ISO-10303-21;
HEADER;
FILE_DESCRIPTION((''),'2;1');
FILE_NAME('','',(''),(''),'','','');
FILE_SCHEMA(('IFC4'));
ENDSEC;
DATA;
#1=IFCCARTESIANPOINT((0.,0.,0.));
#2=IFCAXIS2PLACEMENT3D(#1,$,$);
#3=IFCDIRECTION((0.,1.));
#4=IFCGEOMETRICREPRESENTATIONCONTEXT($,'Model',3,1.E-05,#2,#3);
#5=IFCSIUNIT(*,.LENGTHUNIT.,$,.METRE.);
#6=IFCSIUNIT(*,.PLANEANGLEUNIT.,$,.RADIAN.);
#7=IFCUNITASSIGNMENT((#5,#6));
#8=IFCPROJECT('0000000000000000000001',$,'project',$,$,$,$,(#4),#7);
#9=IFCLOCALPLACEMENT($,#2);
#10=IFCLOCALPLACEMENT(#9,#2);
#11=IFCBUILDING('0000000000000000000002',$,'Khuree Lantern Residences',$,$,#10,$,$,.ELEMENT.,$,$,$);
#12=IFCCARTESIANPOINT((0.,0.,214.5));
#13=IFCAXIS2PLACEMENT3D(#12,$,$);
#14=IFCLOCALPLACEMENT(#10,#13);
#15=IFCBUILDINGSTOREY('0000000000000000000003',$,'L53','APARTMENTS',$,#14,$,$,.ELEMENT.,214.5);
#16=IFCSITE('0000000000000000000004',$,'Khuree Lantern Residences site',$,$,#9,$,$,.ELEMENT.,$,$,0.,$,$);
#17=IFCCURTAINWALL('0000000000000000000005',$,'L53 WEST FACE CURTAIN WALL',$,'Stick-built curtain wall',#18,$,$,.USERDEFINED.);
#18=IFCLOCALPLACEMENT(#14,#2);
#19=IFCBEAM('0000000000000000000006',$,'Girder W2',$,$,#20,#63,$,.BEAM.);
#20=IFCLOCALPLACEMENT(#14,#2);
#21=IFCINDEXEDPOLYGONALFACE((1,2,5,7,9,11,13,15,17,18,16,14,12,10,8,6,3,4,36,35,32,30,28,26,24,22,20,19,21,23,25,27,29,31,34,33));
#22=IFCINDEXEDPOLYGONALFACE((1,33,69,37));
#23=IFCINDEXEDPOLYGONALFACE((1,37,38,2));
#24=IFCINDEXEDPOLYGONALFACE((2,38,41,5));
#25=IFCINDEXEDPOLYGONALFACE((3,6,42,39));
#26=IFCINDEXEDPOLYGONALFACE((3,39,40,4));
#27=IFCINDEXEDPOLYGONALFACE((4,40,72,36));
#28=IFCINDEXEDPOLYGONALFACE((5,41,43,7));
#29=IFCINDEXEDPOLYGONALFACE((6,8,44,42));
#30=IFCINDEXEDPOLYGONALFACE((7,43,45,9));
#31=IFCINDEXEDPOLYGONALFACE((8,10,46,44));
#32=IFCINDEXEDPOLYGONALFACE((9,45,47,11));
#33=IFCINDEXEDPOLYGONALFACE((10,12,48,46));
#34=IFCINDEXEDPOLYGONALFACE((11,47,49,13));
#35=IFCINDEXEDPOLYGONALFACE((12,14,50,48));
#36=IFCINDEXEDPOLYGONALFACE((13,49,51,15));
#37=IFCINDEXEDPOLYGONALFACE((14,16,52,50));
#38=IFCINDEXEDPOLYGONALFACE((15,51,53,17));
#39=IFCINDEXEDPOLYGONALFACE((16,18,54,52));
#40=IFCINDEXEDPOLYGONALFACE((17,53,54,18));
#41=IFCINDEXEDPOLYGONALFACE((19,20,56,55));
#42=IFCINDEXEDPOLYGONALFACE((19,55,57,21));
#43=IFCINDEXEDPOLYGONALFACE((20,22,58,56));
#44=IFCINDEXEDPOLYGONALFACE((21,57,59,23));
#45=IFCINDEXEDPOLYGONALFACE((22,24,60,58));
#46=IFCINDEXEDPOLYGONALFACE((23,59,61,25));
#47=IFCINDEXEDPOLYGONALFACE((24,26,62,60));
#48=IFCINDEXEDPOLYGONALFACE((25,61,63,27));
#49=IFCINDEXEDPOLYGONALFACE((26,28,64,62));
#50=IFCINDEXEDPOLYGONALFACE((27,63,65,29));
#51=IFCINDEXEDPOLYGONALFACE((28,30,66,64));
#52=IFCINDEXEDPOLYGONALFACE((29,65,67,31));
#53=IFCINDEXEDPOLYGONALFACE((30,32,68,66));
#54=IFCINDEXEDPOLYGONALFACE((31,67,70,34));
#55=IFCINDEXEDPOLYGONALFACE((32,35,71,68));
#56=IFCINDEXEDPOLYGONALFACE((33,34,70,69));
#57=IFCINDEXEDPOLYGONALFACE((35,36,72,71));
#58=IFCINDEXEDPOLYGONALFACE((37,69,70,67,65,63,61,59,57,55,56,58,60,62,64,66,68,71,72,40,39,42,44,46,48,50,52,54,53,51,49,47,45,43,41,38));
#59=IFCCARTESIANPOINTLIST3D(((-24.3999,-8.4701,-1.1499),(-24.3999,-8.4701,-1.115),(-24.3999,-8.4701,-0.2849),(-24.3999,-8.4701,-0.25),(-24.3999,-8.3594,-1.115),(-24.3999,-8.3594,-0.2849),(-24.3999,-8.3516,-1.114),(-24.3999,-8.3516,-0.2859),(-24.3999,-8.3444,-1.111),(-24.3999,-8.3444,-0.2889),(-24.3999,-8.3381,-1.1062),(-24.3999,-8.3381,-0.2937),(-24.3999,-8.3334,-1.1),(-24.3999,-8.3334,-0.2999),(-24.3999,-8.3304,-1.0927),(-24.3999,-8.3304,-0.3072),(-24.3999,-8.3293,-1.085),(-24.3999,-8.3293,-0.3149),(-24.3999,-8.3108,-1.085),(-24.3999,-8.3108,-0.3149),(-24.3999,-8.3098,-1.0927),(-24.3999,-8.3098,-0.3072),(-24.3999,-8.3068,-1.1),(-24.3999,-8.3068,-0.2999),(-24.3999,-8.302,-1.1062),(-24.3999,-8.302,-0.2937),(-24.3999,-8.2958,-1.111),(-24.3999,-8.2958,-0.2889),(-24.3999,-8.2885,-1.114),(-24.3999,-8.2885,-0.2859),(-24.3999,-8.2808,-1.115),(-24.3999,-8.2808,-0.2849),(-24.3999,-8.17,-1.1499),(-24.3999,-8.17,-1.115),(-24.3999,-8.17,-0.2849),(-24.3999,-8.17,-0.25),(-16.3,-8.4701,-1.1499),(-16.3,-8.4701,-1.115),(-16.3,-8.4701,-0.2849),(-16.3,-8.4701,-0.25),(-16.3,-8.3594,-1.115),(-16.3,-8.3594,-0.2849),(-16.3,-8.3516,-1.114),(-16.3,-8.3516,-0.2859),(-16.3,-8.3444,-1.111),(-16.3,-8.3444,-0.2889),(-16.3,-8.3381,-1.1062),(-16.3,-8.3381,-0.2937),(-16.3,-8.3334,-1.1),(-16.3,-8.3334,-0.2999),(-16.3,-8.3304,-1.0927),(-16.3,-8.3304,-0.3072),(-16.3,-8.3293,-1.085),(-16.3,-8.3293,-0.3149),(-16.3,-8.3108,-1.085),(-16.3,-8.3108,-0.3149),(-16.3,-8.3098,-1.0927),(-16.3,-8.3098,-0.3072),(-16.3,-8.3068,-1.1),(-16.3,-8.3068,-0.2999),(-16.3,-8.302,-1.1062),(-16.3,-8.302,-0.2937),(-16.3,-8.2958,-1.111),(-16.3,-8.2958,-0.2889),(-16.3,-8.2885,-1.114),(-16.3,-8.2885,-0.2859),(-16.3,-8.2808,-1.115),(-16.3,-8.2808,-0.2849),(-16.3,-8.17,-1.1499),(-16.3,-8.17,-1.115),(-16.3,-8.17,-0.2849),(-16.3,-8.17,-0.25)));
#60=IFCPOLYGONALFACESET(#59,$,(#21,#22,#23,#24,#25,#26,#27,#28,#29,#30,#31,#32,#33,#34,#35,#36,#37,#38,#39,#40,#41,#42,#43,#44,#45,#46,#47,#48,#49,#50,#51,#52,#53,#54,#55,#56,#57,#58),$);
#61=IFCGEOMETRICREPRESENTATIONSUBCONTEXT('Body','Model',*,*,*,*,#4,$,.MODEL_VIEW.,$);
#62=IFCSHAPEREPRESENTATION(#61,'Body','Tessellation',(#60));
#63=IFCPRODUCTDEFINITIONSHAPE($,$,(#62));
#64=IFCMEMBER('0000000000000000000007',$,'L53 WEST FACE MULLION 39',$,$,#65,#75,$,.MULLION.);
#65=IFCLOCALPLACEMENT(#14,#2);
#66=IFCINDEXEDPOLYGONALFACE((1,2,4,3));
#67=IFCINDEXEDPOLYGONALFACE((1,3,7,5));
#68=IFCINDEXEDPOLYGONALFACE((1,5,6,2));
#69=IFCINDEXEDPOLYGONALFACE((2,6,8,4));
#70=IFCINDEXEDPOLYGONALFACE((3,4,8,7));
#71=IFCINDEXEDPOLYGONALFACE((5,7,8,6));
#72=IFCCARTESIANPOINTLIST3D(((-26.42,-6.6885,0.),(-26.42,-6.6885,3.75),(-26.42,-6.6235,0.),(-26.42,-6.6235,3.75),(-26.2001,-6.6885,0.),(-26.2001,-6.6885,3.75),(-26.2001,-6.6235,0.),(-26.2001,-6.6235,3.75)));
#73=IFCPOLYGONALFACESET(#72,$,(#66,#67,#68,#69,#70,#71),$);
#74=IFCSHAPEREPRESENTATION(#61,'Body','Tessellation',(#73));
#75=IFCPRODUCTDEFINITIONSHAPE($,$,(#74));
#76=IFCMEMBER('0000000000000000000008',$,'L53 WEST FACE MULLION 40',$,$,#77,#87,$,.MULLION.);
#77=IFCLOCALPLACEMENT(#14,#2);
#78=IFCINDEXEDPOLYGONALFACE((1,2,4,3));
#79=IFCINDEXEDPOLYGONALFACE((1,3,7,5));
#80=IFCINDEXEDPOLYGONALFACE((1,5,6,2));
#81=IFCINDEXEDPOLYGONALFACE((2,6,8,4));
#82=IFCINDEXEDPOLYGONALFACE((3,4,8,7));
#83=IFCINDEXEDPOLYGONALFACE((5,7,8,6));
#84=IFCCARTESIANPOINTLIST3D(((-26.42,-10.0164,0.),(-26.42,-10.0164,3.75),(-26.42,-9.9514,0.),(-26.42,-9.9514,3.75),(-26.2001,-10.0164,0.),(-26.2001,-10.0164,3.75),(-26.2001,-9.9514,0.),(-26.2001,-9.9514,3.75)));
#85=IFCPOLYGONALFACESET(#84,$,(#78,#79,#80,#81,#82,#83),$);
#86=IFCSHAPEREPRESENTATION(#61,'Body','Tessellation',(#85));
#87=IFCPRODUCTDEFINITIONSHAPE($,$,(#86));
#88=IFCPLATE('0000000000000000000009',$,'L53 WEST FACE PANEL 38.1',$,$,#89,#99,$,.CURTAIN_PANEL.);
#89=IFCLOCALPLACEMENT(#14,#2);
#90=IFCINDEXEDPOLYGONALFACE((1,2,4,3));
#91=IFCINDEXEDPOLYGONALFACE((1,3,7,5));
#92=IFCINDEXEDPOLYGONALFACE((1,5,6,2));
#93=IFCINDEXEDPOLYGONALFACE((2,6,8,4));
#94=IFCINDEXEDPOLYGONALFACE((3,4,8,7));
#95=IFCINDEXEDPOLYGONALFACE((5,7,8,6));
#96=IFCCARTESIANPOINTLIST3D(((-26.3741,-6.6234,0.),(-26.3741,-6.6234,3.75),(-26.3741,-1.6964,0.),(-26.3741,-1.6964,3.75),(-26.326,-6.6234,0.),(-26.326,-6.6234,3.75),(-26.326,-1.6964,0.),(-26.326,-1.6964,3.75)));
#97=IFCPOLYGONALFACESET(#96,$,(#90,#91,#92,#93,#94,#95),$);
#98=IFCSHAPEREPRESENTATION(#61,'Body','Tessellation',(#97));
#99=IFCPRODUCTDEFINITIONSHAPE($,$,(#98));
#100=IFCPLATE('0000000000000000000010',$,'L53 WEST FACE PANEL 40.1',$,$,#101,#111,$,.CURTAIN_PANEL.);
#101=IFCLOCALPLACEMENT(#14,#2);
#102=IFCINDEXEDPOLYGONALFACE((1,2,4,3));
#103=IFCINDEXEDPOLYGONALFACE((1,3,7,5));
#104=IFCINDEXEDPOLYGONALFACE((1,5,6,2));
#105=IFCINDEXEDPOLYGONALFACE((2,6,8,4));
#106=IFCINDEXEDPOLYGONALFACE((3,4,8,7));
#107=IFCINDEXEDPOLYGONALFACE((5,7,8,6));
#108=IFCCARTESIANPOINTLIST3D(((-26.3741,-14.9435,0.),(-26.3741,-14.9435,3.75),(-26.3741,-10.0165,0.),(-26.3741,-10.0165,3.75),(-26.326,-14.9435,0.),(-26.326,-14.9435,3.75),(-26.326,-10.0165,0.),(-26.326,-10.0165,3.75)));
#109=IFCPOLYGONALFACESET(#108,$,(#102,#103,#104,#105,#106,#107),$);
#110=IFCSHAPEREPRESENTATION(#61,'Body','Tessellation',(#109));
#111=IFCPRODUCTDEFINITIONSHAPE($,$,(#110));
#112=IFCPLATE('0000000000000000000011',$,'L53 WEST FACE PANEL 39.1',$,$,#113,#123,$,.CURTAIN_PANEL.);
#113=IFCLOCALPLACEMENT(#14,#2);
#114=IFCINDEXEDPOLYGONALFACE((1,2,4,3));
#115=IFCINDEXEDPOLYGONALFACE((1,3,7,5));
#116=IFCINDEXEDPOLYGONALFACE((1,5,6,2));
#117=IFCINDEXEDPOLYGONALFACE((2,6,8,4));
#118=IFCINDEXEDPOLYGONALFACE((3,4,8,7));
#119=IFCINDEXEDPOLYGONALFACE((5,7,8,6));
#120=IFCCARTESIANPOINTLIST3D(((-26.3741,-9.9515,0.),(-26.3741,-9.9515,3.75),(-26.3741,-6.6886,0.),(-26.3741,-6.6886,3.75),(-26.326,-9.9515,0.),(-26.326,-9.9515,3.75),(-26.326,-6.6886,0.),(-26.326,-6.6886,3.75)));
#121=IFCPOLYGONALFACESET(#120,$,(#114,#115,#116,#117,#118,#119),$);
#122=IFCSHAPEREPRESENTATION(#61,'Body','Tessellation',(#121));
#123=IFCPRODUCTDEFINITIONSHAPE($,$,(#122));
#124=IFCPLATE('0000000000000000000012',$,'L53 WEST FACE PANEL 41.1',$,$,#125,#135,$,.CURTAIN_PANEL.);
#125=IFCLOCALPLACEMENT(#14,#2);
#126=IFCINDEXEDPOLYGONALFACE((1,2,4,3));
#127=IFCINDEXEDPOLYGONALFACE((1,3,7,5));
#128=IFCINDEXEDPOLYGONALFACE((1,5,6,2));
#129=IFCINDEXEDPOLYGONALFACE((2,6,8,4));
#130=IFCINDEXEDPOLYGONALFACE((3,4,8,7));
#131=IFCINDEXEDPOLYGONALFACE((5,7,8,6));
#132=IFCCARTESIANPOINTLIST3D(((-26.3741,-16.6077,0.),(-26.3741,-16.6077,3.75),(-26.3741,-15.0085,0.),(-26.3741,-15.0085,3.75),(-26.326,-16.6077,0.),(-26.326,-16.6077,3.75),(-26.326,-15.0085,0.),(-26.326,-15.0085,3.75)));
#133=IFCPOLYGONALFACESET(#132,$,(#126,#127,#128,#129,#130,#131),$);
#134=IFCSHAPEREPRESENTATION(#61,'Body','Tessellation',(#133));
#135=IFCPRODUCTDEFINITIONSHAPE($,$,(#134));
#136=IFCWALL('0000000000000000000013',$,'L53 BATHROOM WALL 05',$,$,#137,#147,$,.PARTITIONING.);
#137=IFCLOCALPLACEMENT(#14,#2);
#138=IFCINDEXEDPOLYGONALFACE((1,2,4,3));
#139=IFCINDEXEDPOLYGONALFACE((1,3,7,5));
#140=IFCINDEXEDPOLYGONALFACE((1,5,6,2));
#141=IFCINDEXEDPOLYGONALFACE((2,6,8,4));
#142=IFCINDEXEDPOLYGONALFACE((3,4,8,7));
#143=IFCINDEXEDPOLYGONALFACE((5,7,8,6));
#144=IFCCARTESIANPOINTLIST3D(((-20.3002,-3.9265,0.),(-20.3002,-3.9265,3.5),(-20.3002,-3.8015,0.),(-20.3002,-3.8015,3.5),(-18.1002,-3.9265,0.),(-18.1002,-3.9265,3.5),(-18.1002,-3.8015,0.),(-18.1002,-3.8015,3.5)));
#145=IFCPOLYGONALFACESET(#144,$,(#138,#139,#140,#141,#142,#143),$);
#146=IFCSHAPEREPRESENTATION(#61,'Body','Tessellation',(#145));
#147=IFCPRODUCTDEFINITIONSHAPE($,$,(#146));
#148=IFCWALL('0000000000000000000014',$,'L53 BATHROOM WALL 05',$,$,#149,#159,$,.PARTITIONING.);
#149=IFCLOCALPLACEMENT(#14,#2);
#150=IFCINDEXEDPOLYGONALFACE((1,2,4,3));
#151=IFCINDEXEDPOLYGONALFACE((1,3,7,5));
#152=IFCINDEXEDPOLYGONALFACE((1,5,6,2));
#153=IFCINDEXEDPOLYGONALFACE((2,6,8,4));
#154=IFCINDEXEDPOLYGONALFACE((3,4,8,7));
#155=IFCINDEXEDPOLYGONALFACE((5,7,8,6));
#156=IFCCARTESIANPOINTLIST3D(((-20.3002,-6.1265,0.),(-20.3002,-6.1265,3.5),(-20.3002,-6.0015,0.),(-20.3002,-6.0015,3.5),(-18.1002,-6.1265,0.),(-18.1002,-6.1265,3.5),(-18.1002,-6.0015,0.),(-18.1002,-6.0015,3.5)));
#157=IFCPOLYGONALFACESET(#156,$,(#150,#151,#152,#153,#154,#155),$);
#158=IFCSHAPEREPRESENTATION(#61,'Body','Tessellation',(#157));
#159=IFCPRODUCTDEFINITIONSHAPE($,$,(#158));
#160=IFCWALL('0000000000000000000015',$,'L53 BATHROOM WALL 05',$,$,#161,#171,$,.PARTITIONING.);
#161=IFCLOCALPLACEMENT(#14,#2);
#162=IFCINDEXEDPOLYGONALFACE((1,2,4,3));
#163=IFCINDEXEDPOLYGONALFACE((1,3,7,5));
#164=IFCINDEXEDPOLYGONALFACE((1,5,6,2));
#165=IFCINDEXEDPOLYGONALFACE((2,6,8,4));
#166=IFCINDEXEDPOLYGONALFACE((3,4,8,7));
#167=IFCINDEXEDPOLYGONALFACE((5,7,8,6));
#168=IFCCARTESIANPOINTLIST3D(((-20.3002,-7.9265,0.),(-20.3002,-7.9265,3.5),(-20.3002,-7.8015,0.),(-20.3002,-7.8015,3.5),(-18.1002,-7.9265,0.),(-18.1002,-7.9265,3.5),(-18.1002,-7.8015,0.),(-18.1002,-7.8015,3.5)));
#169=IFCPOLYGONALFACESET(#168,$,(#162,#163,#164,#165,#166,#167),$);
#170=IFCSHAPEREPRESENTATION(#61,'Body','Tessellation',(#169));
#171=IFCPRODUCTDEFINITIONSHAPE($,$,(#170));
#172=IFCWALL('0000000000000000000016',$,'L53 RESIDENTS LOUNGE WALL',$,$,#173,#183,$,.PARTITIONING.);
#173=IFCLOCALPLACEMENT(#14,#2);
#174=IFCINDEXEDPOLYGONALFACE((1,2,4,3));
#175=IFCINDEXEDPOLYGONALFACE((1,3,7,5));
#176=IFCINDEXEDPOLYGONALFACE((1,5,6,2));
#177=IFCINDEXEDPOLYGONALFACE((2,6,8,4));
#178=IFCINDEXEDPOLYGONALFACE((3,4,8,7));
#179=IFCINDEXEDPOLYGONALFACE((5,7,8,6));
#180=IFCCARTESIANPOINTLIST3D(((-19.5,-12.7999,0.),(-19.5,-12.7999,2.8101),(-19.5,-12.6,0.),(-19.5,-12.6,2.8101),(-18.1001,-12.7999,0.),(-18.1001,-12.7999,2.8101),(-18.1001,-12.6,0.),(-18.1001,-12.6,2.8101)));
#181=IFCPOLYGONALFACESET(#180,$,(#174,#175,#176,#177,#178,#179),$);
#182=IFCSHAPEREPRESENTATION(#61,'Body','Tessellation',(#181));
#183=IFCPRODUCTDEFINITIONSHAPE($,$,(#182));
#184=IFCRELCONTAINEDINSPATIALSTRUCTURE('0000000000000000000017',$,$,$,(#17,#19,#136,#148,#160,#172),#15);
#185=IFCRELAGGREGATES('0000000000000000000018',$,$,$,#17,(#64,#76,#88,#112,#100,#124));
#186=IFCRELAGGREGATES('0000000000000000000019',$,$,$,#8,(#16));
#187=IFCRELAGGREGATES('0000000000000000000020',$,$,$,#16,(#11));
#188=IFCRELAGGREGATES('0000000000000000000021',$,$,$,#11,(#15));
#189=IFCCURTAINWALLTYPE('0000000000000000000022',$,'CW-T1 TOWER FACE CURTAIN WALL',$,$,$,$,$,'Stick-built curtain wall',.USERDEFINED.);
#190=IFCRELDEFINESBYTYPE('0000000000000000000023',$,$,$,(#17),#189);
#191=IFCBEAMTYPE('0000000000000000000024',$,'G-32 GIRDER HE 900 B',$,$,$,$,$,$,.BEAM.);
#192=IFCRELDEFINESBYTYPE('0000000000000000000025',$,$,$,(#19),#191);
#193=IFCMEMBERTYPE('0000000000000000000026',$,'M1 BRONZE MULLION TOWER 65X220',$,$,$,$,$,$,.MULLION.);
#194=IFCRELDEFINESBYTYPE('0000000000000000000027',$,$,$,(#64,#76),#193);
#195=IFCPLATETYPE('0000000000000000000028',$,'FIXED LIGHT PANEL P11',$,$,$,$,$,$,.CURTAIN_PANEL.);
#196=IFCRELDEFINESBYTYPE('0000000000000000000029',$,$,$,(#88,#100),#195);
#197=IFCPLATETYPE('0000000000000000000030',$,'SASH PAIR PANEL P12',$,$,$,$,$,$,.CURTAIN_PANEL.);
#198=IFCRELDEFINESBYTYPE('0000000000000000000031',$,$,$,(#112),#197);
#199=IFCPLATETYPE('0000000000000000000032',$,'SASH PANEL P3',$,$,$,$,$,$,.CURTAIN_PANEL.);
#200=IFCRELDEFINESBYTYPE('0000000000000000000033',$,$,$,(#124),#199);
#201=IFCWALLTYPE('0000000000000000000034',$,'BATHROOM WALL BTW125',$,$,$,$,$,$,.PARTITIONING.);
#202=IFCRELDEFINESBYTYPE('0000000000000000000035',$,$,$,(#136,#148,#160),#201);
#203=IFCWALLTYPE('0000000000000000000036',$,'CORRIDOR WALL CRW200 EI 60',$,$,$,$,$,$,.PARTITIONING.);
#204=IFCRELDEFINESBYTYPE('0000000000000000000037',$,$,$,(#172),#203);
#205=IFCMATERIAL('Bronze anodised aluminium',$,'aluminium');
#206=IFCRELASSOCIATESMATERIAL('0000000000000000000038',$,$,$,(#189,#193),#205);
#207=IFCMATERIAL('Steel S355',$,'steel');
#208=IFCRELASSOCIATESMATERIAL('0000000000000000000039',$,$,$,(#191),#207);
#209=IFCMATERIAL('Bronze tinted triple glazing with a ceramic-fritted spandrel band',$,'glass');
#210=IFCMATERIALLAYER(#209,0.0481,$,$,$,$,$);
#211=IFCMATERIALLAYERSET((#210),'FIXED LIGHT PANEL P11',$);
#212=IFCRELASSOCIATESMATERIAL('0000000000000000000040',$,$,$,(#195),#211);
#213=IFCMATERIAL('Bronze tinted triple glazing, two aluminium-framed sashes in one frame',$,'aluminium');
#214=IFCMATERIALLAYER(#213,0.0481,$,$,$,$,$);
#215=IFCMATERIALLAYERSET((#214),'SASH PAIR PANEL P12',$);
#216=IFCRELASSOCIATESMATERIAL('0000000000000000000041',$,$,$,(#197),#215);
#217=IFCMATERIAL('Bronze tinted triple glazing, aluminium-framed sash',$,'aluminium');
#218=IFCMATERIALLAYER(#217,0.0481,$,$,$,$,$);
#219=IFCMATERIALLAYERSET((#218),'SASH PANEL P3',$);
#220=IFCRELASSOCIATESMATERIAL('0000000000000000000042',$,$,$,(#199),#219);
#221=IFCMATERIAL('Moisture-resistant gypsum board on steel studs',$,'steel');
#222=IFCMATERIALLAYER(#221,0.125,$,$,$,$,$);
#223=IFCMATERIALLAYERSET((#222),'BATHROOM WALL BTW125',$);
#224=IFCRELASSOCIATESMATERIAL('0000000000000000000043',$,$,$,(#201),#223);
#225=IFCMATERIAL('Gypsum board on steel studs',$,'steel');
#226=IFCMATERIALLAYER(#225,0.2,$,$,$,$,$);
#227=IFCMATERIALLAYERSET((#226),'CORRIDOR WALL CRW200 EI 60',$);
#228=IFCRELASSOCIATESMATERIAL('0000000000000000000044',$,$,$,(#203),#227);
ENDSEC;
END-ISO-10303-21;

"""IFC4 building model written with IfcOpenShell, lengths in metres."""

from ifc_helpers import new_model, si_unit, direction, frame, frame_2d, origin, origin_2d, place, context, subcontext, project, spatial, rectangle, i_section, extrude, material, layer, layer_set, material_profile, profile_set, type_object, element, aggregate, save


model = new_model("IFC4")

# Units and contexts
model_context = context("Model", 3, precision=1e-05, world=origin(), true_north=direction((0.0, 1.0)))
body_context = subcontext(model_context, "Body", "Model", "MODEL_VIEW")
ifc_project = project(units=[si_unit("LENGTHUNIT", "METRE"), si_unit("PLANEANGLEUNIT", "RADIAN")], contexts=[model_context])

# Site, building, storey
site_placement = place(None, origin())
site = spatial("IfcSite", under=ifc_project, at=site_placement, Name="Khuree Lantern Residences site", CompositionType="ELEMENT", RefElevation=0.0)
building_placement = place(site_placement, origin())
building = spatial("IfcBuilding", under=site, at=building_placement, Name="Khuree Lantern Residences", CompositionType="ELEMENT")
storey_placement = place(building_placement, frame((0.0, 0.0, 214.5)))
storey = spatial("IfcBuildingStorey", under=building, at=storey_placement, Name="L53", Description="APARTMENTS", CompositionType="ELEMENT", Elevation=214.5)

# Shared definitions
ifc_material_1 = material(Name="Steel S355", Category="steel")

# Curtain wall
ifc_material_2 = material(Name="Bronze anodised aluminium", Category="aluminium")
curtain_wall_type = type_object("IfcCurtainWallType", Name="CW-T1 TOWER FACE CURTAIN WALL", ElementType="Stick-built curtain wall", PredefinedType="USERDEFINED", material=ifc_material_2)
curtain_wall_placement = place(storey_placement, origin())
curtain_wall = element("IfcCurtainWall", 1, at=curtain_wall_placement, inside=storey, type_object=curtain_wall_type, Name="L53 WEST FACE CURTAIN WALL", ObjectType="Stick-built curtain wall", PredefinedType="USERDEFINED")

# Beam
ifc_material_profile_1 = material_profile(ifc_material_1, i_section(OverallWidth=0.3, OverallDepth=0.8999, WebThickness=0.0186, FlangeThickness=0.0349, FilletRadius=0.03, at=origin_2d()), Name="HE 900 B")
ifc_profile_set_1 = profile_set([ifc_material_profile_1], Name="Steel S355")
beam_type_1 = type_object("IfcBeamType", Name="G-32 GIRDER HE 900 B", PredefinedType="BEAM", material=ifc_profile_set_1)
beam_1_placement = place(storey_placement, frame((-24.3999, -8.3201, -0.7), z_axis=(1.0, 0.0, 0.0), x_axis=(0.0, 1.0, 0.0)))
element("IfcBeam", 2, at=beam_1_placement, inside=storey, type_object=beam_type_1, Name="Girder W2", PredefinedType="BEAM", context=body_context, shape_type="SweptSolid", body=[
    extrude(i_section(OverallWidth=0.3, OverallDepth=0.8999, WebThickness=0.0186, FlangeThickness=0.0349, FilletRadius=0.03, at=origin_2d()), origin(), (0.0, 0.0, 1.0), 8.0999),
])

# Members
ifc_material_profile_2 = material_profile(ifc_material_2, rectangle(XDim=0.0649, YDim=0.22, at=origin_2d()), Name="M1 65X220")
ifc_profile_set_2 = profile_set([ifc_material_profile_2], Name="Bronze anodised aluminium")
member_type_1 = type_object("IfcMemberType", Name="M1 BRONZE MULLION TOWER 65X220", PredefinedType="MULLION", material=ifc_profile_set_2)
member_1_placement = place(storey_placement, frame((-26.3101, -6.656, 0.0), z_axis=(0.0, 0.0, 1.0), x_axis=(0.0, -1.0, 0.0)))
member_1 = element("IfcMember", 3, at=member_1_placement, type_object=member_type_1, Name="L53 WEST FACE MULLION 39", PredefinedType="MULLION", context=body_context, shape_type="SweptSolid", body=[
    extrude(rectangle(XDim=0.0649, YDim=0.22, at=origin_2d()), origin(), (0.0, 0.0, 1.0), 3.75),
])
member_2_placement = place(storey_placement, frame((-26.3101, -9.9839, 0.0), z_axis=(0.0, 0.0, 1.0), x_axis=(0.0, -1.0, 0.0)))
member_2 = element("IfcMember", 4, at=member_2_placement, type_object=member_type_1, Name="L53 WEST FACE MULLION 40", PredefinedType="MULLION", context=body_context, shape_type="SweptSolid", body=[
    extrude(rectangle(XDim=0.0649, YDim=0.22, at=origin_2d()), origin(), (0.0, 0.0, 1.0), 3.75),
])

# Plates
ifc_material_3 = material(Name="Bronze tinted triple glazing with a ceramic-fritted spandrel band", Category="glass")
ifc_layer_1 = layer(ifc_material_3, 0.0481)
ifc_layer_set_1 = layer_set([ifc_layer_1], Name="FIXED LIGHT PANEL P11")
plate_type_1 = type_object("IfcPlateType", Name="FIXED LIGHT PANEL P11", PredefinedType="CURTAIN_PANEL", material=ifc_layer_set_1)
plate_1_placement = place(storey_placement, frame((-26.3501, -4.1599, 0.0), z_axis=(0.0, 0.0, 1.0), x_axis=(0.0, -1.0, 0.0)))
plate_1 = element("IfcPlate", 5, at=plate_1_placement, type_object=plate_type_1, Name="L53 WEST FACE PANEL 38.1", PredefinedType="CURTAIN_PANEL", context=body_context, shape_type="SweptSolid", body=[
    extrude(rectangle(XDim=4.927, YDim=0.0481, at=origin_2d()), origin(), (0.0, 0.0, 1.0), 3.75),
])
plate_2_placement = place(storey_placement, frame((-26.3501, -12.48, 0.0), z_axis=(0.0, 0.0, 1.0), x_axis=(0.0, -1.0, 0.0)))
plate_2 = element("IfcPlate", 6, at=plate_2_placement, type_object=plate_type_1, Name="L53 WEST FACE PANEL 40.1", PredefinedType="CURTAIN_PANEL", context=body_context, shape_type="SweptSolid", body=[
    extrude(rectangle(XDim=4.927, YDim=0.0481, at=origin_2d()), origin(), (0.0, 0.0, 1.0), 3.75),
])
ifc_material_4 = material(Name="Bronze tinted triple glazing, two aluminium-framed sashes in one frame", Category="aluminium")
ifc_layer_2 = layer(ifc_material_4, 0.0481)
ifc_layer_set_2 = layer_set([ifc_layer_2], Name="SASH PAIR PANEL P12")
plate_type_2 = type_object("IfcPlateType", Name="SASH PAIR PANEL P12", PredefinedType="CURTAIN_PANEL", material=ifc_layer_set_2)
plate_3_placement = place(storey_placement, frame((-26.3501, -8.3201, 0.0), z_axis=(0.0, 0.0, 1.0), x_axis=(0.0, -1.0, 0.0)))
plate_3 = element("IfcPlate", 7, at=plate_3_placement, type_object=plate_type_2, Name="L53 WEST FACE PANEL 39.1", PredefinedType="CURTAIN_PANEL", context=body_context, shape_type="SweptSolid", body=[
    extrude(rectangle(XDim=3.2629, YDim=0.0481, at=origin_2d()), origin(), (0.0, 0.0, 1.0), 3.75),
])
ifc_material_5 = material(Name="Bronze tinted triple glazing, aluminium-framed sash", Category="aluminium")
ifc_layer_3 = layer(ifc_material_5, 0.0481)
ifc_layer_set_3 = layer_set([ifc_layer_3], Name="SASH PANEL P3")
plate_type_3 = type_object("IfcPlateType", Name="SASH PANEL P3", PredefinedType="CURTAIN_PANEL", material=ifc_layer_set_3)
plate_4_placement = place(storey_placement, frame((-26.3501, -15.8081, 0.0), z_axis=(0.0, 0.0, 1.0), x_axis=(0.0, -1.0, 0.0)))
plate_4 = element("IfcPlate", 8, at=plate_4_placement, type_object=plate_type_3, Name="L53 WEST FACE PANEL 41.1", PredefinedType="CURTAIN_PANEL", context=body_context, shape_type="SweptSolid", body=[
    extrude(rectangle(XDim=1.5991, YDim=0.0481, at=origin_2d()), origin(), (0.0, 0.0, 1.0), 3.75),
])
aggregate(curtain_wall, [member_1, member_2, plate_1, plate_3, plate_2, plate_4])

# Walls
ifc_material_6 = material(Name="Moisture-resistant gypsum board on steel studs", Category="steel")
ifc_layer_4 = layer(ifc_material_6, 0.125)
ifc_layer_set_4 = layer_set([ifc_layer_4], Name="BATHROOM WALL BTW125")
wall_type_1 = type_object("IfcWallType", Name="BATHROOM WALL BTW125", PredefinedType="PARTITIONING", material=ifc_layer_set_4)
for number, where, z_axis, x_axis, name in (
    (9, (-18.1001, -3.864, 0.0), (0.0, 0.0, 1.0), (-1.0, 0.0, 0.0), "L53 BATHROOM WALL 05"),
    (10, (-18.1001, -6.064, 0.0), (0.0, 0.0, 1.0), (-1.0, 0.0, 0.0), "L53 BATHROOM WALL 05"),
    (11, (-18.1001, -7.864, 0.0), (0.0, 0.0, 1.0), (-1.0, 0.0, 0.0), "L53 BATHROOM WALL 05"),
):
    element("IfcWall", number, at=place(storey_placement, frame(where, z_axis=z_axis, x_axis=x_axis)), inside=storey, type_object=wall_type_1, Name=name, PredefinedType="PARTITIONING", context=body_context, shape_type="SweptSolid", body=[
        extrude(rectangle(XDim=2.2, YDim=0.125, at=frame_2d((1.1001, 0.0))), origin(), (0.0, 0.0, 1.0), 3.5),
    ])
ifc_material_7 = material(Name="Gypsum board on steel studs", Category="steel")
ifc_layer_5 = layer(ifc_material_7, 0.2)
ifc_layer_set_5 = layer_set([ifc_layer_5], Name="CORRIDOR WALL CRW200 EI 60")
wall_type_2 = type_object("IfcWallType", Name="CORRIDOR WALL CRW200 EI 60", PredefinedType="PARTITIONING", material=ifc_layer_set_5)
wall_1_placement = place(storey_placement, frame((-18.1001, -12.7, 0.0), z_axis=(0.0, 0.0, 1.0), x_axis=(-1.0, 0.0, 0.0)))
element("IfcWall", 12, at=wall_1_placement, inside=storey, type_object=wall_type_2, Name="L53 RESIDENTS LOUNGE WALL", PredefinedType="PARTITIONING", context=body_context, shape_type="SweptSolid", body=[
    extrude(rectangle(XDim=1.3999, YDim=0.2, at=frame_2d((0.7, 0.0))), origin(), (0.0, 0.0, 1.0), 2.8101),
])

save(model, "model.ifc")
